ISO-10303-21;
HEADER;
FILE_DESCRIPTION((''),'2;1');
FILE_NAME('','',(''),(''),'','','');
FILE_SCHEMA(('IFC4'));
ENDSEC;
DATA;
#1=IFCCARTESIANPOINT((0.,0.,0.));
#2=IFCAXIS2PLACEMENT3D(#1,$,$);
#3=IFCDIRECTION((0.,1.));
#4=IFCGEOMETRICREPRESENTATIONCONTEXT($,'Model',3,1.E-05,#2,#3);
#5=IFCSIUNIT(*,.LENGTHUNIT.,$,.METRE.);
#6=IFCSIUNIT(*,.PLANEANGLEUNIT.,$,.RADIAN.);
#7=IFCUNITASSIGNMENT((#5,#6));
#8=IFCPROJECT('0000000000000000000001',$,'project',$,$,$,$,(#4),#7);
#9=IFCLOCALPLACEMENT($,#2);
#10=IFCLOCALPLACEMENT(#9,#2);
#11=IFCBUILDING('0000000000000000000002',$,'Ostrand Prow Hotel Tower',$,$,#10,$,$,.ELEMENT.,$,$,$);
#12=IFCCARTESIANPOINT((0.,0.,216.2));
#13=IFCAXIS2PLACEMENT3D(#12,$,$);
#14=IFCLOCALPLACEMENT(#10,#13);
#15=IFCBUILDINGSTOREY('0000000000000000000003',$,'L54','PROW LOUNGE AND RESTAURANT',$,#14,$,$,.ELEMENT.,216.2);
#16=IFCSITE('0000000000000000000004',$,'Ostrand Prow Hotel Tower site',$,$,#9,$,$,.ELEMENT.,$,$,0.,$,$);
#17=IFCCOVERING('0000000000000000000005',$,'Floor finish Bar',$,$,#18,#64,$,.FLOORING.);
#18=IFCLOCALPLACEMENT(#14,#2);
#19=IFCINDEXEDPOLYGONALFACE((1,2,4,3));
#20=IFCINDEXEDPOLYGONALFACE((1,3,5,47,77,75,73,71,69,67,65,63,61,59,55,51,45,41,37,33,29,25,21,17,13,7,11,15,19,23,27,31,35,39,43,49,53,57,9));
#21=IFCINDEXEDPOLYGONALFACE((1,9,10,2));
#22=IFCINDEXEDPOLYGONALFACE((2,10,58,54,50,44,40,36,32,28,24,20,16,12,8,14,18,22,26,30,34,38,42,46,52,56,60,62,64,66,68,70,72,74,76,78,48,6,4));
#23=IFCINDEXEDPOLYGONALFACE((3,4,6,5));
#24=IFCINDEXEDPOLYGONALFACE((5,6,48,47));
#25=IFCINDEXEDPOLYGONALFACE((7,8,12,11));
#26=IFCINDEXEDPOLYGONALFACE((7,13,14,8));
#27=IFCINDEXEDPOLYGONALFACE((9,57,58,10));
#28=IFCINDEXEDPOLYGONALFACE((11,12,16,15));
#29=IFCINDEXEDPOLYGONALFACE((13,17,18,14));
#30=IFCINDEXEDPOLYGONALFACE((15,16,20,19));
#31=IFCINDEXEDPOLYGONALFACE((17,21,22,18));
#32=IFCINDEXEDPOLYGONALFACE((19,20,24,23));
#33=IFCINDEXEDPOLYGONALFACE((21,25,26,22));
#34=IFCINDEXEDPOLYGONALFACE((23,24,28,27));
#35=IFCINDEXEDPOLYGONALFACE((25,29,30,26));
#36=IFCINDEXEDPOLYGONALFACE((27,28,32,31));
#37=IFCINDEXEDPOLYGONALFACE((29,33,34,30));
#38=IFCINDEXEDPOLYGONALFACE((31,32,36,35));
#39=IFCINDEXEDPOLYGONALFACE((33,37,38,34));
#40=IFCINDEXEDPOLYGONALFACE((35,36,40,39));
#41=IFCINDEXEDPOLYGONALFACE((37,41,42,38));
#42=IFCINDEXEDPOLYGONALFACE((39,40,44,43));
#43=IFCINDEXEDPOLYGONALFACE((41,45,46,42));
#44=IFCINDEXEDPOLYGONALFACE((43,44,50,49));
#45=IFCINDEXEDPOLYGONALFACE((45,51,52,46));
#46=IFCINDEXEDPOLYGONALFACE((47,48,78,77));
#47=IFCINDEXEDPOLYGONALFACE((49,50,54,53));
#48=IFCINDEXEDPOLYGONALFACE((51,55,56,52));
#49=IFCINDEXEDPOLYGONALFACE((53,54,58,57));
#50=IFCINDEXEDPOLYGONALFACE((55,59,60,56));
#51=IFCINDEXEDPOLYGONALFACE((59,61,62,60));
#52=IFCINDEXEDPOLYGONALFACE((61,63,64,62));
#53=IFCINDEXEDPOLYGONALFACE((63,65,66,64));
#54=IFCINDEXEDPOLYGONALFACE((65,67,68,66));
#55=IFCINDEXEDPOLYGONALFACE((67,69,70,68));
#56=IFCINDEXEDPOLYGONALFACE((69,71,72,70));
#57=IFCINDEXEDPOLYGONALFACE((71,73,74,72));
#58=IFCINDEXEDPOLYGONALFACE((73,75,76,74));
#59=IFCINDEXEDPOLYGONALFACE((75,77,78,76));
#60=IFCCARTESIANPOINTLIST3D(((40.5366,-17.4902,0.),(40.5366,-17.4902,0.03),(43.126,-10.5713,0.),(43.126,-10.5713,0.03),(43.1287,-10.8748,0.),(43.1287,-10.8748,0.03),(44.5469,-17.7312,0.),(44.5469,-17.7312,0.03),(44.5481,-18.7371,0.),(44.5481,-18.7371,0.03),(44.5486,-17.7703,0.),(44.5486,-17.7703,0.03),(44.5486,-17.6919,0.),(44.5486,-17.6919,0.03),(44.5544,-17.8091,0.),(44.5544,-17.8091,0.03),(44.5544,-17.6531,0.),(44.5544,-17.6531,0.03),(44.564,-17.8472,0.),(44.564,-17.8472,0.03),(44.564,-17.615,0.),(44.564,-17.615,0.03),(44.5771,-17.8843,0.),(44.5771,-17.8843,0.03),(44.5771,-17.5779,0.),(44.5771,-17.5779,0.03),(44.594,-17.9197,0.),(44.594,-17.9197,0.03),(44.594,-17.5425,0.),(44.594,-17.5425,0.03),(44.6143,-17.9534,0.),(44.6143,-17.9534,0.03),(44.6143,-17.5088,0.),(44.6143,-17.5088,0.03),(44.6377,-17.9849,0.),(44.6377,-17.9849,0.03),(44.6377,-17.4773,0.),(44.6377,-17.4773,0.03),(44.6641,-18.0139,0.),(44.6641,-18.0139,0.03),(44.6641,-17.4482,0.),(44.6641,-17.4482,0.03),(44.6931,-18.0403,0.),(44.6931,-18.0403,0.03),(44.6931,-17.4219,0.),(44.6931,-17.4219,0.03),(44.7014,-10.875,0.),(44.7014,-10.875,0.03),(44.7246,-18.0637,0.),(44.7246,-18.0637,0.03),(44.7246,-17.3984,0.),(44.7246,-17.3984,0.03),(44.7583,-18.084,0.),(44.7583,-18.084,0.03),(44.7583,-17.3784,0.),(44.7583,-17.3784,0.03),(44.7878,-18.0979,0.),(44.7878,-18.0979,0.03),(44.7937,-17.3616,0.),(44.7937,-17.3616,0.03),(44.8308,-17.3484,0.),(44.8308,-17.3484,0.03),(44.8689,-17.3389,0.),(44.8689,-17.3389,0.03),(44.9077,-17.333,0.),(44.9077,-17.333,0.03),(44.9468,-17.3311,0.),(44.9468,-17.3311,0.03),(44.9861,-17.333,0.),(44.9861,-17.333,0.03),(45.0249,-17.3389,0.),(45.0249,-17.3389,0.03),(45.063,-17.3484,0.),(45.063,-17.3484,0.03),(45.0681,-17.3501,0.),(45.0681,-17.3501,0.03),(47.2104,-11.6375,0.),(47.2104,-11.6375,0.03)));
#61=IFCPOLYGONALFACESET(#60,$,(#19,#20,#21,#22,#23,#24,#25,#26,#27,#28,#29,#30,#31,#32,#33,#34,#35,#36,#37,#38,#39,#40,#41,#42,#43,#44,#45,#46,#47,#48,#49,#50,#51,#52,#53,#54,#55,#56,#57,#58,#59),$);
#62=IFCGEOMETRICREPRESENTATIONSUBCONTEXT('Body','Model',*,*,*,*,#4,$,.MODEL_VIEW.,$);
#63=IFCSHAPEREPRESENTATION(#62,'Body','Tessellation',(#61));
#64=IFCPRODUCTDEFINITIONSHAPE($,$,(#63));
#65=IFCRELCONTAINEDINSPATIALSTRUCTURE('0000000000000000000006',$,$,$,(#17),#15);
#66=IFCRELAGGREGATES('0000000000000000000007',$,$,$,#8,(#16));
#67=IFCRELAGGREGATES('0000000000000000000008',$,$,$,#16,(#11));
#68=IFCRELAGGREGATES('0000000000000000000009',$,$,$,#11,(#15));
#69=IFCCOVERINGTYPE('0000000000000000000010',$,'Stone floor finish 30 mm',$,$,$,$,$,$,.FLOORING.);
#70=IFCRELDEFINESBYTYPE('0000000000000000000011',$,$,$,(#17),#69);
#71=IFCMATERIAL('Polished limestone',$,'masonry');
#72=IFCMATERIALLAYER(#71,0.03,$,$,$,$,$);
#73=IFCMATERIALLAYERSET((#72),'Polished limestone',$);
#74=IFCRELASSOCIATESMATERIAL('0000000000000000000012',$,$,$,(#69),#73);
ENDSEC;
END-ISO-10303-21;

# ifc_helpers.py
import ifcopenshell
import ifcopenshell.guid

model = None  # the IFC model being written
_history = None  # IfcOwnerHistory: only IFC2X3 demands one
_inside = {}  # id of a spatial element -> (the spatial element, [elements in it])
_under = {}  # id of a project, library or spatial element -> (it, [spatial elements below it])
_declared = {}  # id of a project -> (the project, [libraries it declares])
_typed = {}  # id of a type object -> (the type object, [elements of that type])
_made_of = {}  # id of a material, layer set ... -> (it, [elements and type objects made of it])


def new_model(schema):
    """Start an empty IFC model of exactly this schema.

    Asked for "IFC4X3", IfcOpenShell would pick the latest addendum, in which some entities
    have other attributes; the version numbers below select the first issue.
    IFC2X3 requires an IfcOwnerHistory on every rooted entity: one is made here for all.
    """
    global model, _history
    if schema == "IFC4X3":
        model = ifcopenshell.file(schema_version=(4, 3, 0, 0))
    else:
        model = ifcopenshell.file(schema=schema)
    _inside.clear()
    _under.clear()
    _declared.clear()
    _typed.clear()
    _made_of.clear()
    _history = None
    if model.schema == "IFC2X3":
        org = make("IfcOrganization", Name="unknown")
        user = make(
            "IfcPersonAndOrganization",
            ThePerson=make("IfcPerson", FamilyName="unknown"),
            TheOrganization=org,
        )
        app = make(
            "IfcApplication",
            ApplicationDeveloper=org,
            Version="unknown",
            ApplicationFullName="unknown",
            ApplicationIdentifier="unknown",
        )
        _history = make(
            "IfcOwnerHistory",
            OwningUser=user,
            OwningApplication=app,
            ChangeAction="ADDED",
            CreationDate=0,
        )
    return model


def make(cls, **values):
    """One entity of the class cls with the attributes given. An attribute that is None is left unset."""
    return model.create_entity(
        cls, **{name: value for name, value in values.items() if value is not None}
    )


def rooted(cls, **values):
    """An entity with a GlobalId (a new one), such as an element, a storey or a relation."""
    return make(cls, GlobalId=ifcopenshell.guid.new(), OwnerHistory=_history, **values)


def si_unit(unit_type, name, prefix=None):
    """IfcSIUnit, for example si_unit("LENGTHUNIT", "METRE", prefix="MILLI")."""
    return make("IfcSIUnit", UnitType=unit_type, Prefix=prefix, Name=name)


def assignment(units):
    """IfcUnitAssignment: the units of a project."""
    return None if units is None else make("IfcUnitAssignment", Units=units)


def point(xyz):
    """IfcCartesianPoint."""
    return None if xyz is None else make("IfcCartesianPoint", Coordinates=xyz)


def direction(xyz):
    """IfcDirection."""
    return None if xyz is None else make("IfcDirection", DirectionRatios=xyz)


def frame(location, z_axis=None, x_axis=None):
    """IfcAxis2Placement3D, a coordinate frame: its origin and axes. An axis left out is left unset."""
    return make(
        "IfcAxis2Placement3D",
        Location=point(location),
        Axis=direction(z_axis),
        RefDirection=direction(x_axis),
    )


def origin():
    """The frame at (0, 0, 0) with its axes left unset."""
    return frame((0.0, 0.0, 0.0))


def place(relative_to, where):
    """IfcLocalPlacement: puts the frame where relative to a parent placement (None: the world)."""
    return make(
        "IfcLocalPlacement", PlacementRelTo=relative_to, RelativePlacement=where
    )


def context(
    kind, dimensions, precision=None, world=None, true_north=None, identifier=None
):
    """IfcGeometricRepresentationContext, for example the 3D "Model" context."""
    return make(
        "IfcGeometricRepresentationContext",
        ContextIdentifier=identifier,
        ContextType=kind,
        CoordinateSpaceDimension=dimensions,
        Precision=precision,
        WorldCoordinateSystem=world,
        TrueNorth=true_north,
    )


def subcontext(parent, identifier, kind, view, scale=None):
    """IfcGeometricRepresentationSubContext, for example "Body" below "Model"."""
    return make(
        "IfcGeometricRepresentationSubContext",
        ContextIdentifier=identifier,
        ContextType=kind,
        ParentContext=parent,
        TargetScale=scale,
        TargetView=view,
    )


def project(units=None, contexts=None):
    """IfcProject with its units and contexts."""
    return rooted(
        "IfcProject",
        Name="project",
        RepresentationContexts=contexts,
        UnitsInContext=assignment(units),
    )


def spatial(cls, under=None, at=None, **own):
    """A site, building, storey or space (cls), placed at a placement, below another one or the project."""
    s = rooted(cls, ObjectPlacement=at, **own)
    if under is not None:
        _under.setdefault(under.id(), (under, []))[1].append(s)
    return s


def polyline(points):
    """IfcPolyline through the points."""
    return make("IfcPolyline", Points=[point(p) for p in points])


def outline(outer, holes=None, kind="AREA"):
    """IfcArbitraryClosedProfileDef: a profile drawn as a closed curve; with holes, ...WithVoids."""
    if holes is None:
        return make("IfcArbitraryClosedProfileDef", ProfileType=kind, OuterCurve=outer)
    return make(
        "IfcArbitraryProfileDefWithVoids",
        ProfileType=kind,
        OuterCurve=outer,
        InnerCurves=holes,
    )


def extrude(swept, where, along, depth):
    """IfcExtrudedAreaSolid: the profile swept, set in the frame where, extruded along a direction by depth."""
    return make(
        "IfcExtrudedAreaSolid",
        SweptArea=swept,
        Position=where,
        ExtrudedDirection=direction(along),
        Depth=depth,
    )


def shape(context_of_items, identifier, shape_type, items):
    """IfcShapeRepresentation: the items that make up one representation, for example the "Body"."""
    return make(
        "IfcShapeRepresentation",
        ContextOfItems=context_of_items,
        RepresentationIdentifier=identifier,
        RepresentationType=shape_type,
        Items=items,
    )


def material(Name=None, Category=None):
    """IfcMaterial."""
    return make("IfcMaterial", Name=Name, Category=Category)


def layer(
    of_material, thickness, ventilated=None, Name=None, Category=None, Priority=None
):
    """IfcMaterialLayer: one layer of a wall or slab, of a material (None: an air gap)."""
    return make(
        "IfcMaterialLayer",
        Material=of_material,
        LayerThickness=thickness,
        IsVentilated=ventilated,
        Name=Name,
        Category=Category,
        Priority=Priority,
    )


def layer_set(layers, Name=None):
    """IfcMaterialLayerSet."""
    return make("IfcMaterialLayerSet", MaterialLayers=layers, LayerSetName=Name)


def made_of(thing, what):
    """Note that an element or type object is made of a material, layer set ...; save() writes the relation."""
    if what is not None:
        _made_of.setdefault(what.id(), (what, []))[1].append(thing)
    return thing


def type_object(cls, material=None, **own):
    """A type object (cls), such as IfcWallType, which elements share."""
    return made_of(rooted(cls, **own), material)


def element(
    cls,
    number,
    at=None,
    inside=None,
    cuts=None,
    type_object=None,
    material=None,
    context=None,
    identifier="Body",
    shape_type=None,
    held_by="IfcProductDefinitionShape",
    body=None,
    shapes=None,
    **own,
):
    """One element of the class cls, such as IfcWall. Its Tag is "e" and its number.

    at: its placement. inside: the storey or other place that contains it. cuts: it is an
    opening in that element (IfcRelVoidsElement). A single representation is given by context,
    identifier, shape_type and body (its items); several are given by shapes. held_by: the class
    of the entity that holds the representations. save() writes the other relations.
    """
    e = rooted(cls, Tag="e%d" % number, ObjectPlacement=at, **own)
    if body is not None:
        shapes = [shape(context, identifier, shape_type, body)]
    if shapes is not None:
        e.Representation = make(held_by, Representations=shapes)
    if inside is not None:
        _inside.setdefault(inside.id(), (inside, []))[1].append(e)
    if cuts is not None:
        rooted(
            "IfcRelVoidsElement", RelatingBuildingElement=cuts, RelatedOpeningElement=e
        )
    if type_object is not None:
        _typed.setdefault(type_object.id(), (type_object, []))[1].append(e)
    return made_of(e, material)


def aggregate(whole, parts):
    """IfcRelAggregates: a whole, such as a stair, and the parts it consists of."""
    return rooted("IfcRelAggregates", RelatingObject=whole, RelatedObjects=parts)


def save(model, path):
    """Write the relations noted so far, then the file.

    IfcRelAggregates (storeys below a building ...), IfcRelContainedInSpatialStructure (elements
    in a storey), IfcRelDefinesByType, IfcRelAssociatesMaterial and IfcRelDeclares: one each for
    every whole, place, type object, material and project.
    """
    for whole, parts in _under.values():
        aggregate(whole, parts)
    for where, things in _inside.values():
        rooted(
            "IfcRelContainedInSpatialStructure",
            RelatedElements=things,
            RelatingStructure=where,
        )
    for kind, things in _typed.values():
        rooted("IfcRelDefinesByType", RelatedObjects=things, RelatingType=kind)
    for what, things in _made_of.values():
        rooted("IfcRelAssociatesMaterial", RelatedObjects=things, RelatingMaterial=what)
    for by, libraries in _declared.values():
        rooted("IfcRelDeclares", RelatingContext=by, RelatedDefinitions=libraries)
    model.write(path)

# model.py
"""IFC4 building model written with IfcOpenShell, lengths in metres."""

from ifc_helpers import new_model, si_unit, direction, frame, origin, place, context, subcontext, project, spatial, polyline, outline, extrude, material, layer, layer_set, type_object, element, save


model = new_model("IFC4")

# Units and contexts
model_context = context("Model", 3, precision=1e-05, world=origin(), true_north=direction((0.0, 1.0)))
body_context = subcontext(model_context, "Body", "Model", "MODEL_VIEW")
ifc_project = project(units=[si_unit("LENGTHUNIT", "METRE"), si_unit("PLANEANGLEUNIT", "RADIAN")], contexts=[model_context])

# Site, building, storey
site_placement = place(None, origin())
site = spatial("IfcSite", under=ifc_project, at=site_placement, Name="Ostrand Prow Hotel Tower site", CompositionType="ELEMENT", RefElevation=0.0)
building_placement = place(site_placement, origin())
building = spatial("IfcBuilding", under=site, at=building_placement, Name="Ostrand Prow Hotel Tower", CompositionType="ELEMENT")
storey_placement = place(building_placement, frame((0.0, 0.0, 216.2)))
storey = spatial("IfcBuildingStorey", under=building, at=storey_placement, Name="L54", Description="PROW LOUNGE AND RESTAURANT", CompositionType="ELEMENT", Elevation=216.2)

# Covering
ifc_material_1 = material(Name="Polished limestone", Category="masonry")
ifc_layer_1 = layer(ifc_material_1, 0.03)
ifc_layer_set_1 = layer_set([ifc_layer_1], Name="Polished limestone")
covering_type_1 = type_object("IfcCoveringType", Name="Stone floor finish 30 mm", PredefinedType="FLOORING", material=ifc_layer_set_1)
covering_1_placement = place(storey_placement, origin())
element("IfcCovering", 1, at=covering_1_placement, inside=storey, type_object=covering_type_1, Name="Floor finish Bar", PredefinedType="FLOORING", context=body_context, shape_type="SweptSolid", body=[
    extrude(outline(polyline([(45.0681, -17.3501), (47.2104, -11.6375), (44.7014, -10.875), (43.1287, -10.8748), (43.126, -10.5713), (40.5366, -17.4902), (44.5481, -18.7371), (44.7878, -18.0979), (44.7583, -18.084), (44.7246, -18.0637), (44.6931, -18.0403), (44.6641, -18.0139), (44.6377, -17.9849), (44.6143, -17.9534), (44.594, -17.9197), (44.5771, -17.8843), (44.564, -17.8472), (44.5544, -17.8091), (44.5486, -17.7703), (44.5469, -17.7312), (44.5486, -17.6919), (44.5544, -17.6531), (44.564, -17.615), (44.5771, -17.5779), (44.594, -17.5425), (44.6143, -17.5088), (44.6377, -17.4773), (44.6641, -17.4482), (44.6931, -17.4219), (44.7246, -17.3984), (44.7583, -17.3784), (44.7937, -17.3616), (44.8308, -17.3484), (44.8689, -17.3389), (44.9077, -17.333), (44.9468, -17.3311), (44.9861, -17.333), (45.0249, -17.3389), (45.063, -17.3484), (45.0681, -17.3501)])), origin(), (0.0, 0.0, 1.0), 0.03),
])

save(model, "model.ifc")
